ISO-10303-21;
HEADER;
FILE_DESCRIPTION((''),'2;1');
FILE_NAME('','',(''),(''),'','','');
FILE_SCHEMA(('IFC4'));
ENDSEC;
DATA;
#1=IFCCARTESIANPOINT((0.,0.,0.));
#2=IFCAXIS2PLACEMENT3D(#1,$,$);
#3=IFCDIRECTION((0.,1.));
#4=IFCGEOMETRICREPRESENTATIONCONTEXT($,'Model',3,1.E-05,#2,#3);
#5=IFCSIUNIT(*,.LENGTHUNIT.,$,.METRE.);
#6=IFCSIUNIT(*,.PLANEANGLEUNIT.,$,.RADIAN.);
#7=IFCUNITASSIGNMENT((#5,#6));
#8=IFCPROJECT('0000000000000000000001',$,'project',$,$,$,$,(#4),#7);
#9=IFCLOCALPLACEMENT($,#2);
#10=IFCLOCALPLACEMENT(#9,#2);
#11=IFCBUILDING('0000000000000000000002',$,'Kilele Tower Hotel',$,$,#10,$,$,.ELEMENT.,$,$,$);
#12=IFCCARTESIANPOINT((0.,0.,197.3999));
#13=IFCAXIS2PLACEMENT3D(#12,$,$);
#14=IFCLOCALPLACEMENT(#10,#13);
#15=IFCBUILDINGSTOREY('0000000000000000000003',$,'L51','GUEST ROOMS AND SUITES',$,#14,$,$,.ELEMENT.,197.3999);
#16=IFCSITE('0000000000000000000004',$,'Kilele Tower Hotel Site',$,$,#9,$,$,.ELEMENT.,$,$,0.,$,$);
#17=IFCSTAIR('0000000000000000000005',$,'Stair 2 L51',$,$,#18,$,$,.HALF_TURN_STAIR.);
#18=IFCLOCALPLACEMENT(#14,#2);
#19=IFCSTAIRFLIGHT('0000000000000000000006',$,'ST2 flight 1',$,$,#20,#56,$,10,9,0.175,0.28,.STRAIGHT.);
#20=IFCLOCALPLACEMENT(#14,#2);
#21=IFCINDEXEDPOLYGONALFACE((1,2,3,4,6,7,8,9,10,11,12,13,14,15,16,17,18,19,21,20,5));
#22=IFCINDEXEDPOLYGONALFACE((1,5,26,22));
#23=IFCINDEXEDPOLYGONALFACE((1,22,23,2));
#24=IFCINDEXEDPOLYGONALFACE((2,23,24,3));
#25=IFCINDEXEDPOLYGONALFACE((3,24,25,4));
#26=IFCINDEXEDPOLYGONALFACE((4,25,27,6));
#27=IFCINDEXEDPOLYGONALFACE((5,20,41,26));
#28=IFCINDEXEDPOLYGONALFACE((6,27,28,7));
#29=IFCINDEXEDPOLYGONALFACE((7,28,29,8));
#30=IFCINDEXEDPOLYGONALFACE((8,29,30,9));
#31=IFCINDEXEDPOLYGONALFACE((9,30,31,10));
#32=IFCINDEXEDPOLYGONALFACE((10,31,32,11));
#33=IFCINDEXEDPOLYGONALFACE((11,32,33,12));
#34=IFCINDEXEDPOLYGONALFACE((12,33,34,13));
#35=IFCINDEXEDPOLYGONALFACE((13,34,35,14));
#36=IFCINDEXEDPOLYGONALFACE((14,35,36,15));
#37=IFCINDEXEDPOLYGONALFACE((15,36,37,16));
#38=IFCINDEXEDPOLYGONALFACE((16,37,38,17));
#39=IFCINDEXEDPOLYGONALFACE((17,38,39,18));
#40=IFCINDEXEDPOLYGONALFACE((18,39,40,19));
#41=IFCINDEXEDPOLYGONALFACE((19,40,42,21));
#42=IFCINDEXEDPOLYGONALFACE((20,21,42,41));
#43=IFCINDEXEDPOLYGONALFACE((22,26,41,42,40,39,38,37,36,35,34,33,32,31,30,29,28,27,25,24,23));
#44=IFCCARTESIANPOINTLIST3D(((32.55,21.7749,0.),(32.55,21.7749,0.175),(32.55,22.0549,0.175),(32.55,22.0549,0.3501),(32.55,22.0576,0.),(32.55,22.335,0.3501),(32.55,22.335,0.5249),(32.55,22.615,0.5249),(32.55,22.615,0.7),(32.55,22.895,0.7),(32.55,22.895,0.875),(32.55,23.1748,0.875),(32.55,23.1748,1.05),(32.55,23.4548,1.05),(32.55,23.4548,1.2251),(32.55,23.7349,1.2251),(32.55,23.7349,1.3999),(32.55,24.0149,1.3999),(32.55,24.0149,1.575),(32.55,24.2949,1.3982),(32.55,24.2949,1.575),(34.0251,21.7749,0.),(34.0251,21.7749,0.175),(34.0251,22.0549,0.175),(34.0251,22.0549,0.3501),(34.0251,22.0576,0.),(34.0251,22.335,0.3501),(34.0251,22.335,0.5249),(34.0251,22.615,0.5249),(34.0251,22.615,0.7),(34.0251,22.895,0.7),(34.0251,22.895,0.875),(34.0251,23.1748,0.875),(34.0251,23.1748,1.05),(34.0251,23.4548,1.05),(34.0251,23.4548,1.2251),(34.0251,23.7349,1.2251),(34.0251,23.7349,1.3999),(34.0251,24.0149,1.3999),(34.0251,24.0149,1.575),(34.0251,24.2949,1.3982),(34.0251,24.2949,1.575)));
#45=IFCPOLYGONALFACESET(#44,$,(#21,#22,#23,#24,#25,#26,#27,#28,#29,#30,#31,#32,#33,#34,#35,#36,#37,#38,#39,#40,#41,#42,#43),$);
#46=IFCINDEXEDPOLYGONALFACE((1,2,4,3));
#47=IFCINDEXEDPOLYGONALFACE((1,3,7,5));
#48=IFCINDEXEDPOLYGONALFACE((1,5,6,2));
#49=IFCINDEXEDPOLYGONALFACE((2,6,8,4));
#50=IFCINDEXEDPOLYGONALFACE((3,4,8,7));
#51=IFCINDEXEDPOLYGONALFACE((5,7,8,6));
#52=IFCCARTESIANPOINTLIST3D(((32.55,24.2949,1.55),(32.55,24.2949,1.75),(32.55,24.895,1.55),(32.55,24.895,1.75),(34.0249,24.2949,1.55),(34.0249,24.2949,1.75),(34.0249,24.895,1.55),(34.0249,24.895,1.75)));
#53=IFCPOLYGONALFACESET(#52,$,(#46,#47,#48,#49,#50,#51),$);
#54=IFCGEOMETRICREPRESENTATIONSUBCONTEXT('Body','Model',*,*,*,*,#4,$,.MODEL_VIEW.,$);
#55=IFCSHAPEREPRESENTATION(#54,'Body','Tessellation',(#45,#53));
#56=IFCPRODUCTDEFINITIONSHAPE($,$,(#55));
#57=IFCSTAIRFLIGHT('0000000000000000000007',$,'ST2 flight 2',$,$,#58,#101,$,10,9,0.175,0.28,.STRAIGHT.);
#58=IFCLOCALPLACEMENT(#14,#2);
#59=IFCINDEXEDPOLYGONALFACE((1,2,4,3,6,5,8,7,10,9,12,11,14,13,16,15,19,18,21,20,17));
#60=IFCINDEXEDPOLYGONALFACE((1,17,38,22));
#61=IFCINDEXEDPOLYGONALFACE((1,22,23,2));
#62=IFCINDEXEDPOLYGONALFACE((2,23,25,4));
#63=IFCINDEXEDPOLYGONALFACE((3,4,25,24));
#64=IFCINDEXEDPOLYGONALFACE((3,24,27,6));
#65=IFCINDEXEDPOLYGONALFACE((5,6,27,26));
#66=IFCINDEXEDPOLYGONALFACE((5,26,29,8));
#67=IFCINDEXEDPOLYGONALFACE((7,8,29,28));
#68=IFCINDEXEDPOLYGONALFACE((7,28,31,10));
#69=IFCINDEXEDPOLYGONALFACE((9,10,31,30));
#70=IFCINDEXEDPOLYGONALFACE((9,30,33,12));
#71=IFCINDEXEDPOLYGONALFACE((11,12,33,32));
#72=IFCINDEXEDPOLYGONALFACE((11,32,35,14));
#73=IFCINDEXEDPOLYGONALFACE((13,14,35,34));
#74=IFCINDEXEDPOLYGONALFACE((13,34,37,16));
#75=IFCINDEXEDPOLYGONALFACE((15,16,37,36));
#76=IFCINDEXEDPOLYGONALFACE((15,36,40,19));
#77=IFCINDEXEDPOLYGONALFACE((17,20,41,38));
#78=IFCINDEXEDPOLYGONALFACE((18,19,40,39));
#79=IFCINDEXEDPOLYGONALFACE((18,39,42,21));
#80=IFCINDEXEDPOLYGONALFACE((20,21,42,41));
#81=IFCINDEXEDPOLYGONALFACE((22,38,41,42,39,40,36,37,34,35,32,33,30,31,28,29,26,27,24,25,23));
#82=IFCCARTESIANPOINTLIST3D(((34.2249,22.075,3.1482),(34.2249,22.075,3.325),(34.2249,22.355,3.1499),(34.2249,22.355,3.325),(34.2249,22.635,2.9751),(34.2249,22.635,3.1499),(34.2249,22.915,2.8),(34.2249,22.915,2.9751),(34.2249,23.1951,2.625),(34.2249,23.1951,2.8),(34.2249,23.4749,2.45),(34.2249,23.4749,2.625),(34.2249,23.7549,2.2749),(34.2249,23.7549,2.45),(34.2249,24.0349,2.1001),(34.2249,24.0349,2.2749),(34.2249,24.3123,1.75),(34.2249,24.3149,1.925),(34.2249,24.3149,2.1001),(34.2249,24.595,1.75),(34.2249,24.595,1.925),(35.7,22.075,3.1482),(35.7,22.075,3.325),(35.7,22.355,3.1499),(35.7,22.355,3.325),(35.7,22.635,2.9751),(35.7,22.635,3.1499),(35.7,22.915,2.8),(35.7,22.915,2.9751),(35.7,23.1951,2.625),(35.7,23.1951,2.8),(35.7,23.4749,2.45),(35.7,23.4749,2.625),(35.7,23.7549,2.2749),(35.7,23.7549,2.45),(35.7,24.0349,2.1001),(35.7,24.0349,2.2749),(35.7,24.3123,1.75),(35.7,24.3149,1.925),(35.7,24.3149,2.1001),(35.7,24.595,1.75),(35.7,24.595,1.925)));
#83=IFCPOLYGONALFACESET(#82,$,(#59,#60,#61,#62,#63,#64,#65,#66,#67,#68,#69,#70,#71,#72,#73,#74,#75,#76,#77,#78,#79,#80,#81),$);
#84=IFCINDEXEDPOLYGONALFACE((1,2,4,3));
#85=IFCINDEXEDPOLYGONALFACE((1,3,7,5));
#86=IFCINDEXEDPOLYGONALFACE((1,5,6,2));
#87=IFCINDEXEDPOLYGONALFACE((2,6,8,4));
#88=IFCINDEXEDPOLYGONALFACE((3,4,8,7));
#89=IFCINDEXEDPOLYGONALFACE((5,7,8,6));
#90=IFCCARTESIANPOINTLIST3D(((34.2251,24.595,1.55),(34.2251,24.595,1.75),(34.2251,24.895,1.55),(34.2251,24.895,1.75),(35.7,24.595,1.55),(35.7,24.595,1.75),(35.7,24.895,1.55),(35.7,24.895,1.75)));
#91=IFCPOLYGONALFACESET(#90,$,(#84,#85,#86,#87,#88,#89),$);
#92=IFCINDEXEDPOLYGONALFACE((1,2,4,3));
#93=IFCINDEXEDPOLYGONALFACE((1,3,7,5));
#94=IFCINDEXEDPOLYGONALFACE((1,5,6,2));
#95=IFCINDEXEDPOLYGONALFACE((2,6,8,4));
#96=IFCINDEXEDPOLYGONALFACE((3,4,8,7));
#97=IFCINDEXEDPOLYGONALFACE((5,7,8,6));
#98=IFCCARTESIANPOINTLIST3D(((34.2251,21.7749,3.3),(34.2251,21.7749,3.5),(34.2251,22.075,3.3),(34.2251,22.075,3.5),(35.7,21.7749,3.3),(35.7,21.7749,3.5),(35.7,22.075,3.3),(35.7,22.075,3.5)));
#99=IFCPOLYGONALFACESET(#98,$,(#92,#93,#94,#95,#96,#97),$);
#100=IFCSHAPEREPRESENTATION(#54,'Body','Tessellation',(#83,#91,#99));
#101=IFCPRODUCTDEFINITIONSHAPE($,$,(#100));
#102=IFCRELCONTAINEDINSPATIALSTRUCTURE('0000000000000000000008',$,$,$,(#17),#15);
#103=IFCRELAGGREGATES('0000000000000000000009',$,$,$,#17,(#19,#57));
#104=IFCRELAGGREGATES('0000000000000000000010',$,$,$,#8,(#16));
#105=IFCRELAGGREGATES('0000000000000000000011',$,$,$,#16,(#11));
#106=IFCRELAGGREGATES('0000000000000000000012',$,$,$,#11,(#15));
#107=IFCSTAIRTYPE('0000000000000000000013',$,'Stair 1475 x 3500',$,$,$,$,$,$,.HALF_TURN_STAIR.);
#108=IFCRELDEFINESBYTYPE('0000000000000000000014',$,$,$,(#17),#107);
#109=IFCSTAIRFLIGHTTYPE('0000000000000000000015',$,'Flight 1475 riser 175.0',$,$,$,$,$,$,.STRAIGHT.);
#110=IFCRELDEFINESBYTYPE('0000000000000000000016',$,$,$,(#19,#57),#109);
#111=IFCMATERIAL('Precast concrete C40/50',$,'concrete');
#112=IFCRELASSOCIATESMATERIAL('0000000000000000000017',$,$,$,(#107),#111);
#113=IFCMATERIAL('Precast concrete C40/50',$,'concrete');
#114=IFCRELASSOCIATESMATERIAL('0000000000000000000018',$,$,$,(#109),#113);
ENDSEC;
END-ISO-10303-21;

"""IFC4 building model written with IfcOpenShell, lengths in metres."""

from ifc_helpers import new_model, si_unit, direction, frame, origin, place, context, subcontext, project, spatial, polyline, outline, extrude, material, type_object, element, aggregate, save


model = new_model("IFC4")

# Units and contexts
model_context = context("Model", 3, precision=1e-05, world=origin(), true_north=direction((0.0, 1.0)))
body_context = subcontext(model_context, "Body", "Model", "MODEL_VIEW")
ifc_project = project(units=[si_unit("LENGTHUNIT", "METRE"), si_unit("PLANEANGLEUNIT", "RADIAN")], contexts=[model_context])

# Site, building, storey
site_placement = place(None, origin())
site = spatial("IfcSite", under=ifc_project, at=site_placement, Name="Kilele Tower Hotel Site", CompositionType="ELEMENT", RefElevation=0.0)
building_placement = place(site_placement, origin())
building = spatial("IfcBuilding", under=site, at=building_placement, Name="Kilele Tower Hotel", CompositionType="ELEMENT")
storey_placement = place(building_placement, frame((0.0, 0.0, 197.3999)))
storey = spatial("IfcBuildingStorey", under=building, at=storey_placement, Name="L51", Description="GUEST ROOMS AND SUITES", CompositionType="ELEMENT", Elevation=197.3999)

# Stair, stair flights
ifc_material_1 = material(Name="Precast concrete C40/50", Category="concrete")
stair_type = type_object("IfcStairType", Name="Stair 1475 x 3500", PredefinedType="HALF_TURN_STAIR", material=ifc_material_1)
stair_placement = place(storey_placement, origin())
stair = element("IfcStair", 1, at=stair_placement, inside=storey, type_object=stair_type, Name="Stair 2 L51", PredefinedType="HALF_TURN_STAIR")
ifc_material_2 = material(Name="Precast concrete C40/50", Category="concrete")
stair_flight_type = type_object("IfcStairFlightType", Name="Flight 1475 riser 175.0", PredefinedType="STRAIGHT", material=ifc_material_2)
stair_flight_1_placement = place(storey_placement, frame((33.2876, 21.7749, 0.0), z_axis=(0.0, 0.0, 1.0), x_axis=(0.0, 1.0, 0.0)))
stair_flight_1 = element("IfcStairFlight", 2, at=stair_flight_1_placement, type_object=stair_flight_type, Name="ST2 flight 1", NumberOfRisers=10, NumberOfTreads=9, PredefinedType="STRAIGHT", RiserHeight=0.175, TreadLength=0.28, context=body_context, shape_type="SweptSolid", body=[
    extrude(outline(polyline([(0.0, 0.0), (0.0, 0.175), (0.28, 0.175), (0.28, 0.3501), (0.5601, 0.3501), (0.5601, 0.5249), (0.8401, 0.5249), (0.8401, 0.7), (1.1201, 0.7), (1.1201, 0.875), (1.3999, 0.875), (1.3999, 1.05), (1.6799, 1.05), (1.6799, 1.2251), (1.96, 1.2251), (1.96, 1.3999), (2.24, 1.3999), (2.24, 1.575), (2.52, 1.575), (2.52, 1.75), (2.52, 1.3982), (0.2827, 0.0), (0.0, 0.0)])), frame((0.0, 0.7375, 0.0), z_axis=(0.0, -1.0, 0.0), x_axis=(1.0, 0.0, 0.0)), (0.0, 0.0, 1.0), 1.4751),
    extrude(outline(polyline([(2.52, 0.7375), (2.52, -0.7373), (3.1201, -0.7373), (3.1201, 0.7375), (2.52, 0.7375)])), frame((0.0, 0.0, 1.55)), (0.0, 0.0, 1.0), 0.2),
])
stair_flight_2_placement = place(storey_placement, frame((34.9624, 24.595, 1.75), z_axis=(0.0, 0.0, 1.0), x_axis=(0.0, -1.0, 0.0)))
stair_flight_2 = element("IfcStairFlight", 3, at=stair_flight_2_placement, type_object=stair_flight_type, Name="ST2 flight 2", NumberOfRisers=10, NumberOfTreads=9, PredefinedType="STRAIGHT", RiserHeight=0.175, TreadLength=0.28, context=body_context, shape_type="SweptSolid", body=[
    extrude(outline(polyline([(0.0, 0.0), (0.0, 0.175), (0.28, 0.175), (0.28, 0.3501), (0.5601, 0.3501), (0.5601, 0.5249), (0.8401, 0.5249), (0.8401, 0.7), (1.1201, 0.7), (1.1201, 0.875), (1.3999, 0.875), (1.3999, 1.05), (1.6799, 1.05), (1.6799, 1.2251), (1.96, 1.2251), (1.96, 1.3999), (2.24, 1.3999), (2.24, 1.575), (2.52, 1.575), (2.52, 1.75), (2.52, 1.3982), (0.2827, 0.0), (0.0, 0.0)])), frame((0.0, 0.7375, 0.0), z_axis=(0.0, -1.0, 0.0), x_axis=(1.0, 0.0, 0.0)), (0.0, 0.0, 1.0), 1.4751),
    extrude(outline(polyline([(0.0, -0.7373), (0.0, 0.7375), (-0.3, 0.7375), (-0.3, -0.7373), (0.0, -0.7373)])), frame((0.0, 0.0, -0.2)), (0.0, 0.0, 1.0), 0.2),
    extrude(outline(polyline([(2.8201, -0.7373), (2.8201, 0.7375), (2.52, 0.7375), (2.52, -0.7373), (2.8201, -0.7373)])), frame((0.0, 0.0, 1.55)), (0.0, 0.0, 1.0), 0.2),
])
aggregate(stair, [stair_flight_1, stair_flight_2])

save(model, "model.ifc")
